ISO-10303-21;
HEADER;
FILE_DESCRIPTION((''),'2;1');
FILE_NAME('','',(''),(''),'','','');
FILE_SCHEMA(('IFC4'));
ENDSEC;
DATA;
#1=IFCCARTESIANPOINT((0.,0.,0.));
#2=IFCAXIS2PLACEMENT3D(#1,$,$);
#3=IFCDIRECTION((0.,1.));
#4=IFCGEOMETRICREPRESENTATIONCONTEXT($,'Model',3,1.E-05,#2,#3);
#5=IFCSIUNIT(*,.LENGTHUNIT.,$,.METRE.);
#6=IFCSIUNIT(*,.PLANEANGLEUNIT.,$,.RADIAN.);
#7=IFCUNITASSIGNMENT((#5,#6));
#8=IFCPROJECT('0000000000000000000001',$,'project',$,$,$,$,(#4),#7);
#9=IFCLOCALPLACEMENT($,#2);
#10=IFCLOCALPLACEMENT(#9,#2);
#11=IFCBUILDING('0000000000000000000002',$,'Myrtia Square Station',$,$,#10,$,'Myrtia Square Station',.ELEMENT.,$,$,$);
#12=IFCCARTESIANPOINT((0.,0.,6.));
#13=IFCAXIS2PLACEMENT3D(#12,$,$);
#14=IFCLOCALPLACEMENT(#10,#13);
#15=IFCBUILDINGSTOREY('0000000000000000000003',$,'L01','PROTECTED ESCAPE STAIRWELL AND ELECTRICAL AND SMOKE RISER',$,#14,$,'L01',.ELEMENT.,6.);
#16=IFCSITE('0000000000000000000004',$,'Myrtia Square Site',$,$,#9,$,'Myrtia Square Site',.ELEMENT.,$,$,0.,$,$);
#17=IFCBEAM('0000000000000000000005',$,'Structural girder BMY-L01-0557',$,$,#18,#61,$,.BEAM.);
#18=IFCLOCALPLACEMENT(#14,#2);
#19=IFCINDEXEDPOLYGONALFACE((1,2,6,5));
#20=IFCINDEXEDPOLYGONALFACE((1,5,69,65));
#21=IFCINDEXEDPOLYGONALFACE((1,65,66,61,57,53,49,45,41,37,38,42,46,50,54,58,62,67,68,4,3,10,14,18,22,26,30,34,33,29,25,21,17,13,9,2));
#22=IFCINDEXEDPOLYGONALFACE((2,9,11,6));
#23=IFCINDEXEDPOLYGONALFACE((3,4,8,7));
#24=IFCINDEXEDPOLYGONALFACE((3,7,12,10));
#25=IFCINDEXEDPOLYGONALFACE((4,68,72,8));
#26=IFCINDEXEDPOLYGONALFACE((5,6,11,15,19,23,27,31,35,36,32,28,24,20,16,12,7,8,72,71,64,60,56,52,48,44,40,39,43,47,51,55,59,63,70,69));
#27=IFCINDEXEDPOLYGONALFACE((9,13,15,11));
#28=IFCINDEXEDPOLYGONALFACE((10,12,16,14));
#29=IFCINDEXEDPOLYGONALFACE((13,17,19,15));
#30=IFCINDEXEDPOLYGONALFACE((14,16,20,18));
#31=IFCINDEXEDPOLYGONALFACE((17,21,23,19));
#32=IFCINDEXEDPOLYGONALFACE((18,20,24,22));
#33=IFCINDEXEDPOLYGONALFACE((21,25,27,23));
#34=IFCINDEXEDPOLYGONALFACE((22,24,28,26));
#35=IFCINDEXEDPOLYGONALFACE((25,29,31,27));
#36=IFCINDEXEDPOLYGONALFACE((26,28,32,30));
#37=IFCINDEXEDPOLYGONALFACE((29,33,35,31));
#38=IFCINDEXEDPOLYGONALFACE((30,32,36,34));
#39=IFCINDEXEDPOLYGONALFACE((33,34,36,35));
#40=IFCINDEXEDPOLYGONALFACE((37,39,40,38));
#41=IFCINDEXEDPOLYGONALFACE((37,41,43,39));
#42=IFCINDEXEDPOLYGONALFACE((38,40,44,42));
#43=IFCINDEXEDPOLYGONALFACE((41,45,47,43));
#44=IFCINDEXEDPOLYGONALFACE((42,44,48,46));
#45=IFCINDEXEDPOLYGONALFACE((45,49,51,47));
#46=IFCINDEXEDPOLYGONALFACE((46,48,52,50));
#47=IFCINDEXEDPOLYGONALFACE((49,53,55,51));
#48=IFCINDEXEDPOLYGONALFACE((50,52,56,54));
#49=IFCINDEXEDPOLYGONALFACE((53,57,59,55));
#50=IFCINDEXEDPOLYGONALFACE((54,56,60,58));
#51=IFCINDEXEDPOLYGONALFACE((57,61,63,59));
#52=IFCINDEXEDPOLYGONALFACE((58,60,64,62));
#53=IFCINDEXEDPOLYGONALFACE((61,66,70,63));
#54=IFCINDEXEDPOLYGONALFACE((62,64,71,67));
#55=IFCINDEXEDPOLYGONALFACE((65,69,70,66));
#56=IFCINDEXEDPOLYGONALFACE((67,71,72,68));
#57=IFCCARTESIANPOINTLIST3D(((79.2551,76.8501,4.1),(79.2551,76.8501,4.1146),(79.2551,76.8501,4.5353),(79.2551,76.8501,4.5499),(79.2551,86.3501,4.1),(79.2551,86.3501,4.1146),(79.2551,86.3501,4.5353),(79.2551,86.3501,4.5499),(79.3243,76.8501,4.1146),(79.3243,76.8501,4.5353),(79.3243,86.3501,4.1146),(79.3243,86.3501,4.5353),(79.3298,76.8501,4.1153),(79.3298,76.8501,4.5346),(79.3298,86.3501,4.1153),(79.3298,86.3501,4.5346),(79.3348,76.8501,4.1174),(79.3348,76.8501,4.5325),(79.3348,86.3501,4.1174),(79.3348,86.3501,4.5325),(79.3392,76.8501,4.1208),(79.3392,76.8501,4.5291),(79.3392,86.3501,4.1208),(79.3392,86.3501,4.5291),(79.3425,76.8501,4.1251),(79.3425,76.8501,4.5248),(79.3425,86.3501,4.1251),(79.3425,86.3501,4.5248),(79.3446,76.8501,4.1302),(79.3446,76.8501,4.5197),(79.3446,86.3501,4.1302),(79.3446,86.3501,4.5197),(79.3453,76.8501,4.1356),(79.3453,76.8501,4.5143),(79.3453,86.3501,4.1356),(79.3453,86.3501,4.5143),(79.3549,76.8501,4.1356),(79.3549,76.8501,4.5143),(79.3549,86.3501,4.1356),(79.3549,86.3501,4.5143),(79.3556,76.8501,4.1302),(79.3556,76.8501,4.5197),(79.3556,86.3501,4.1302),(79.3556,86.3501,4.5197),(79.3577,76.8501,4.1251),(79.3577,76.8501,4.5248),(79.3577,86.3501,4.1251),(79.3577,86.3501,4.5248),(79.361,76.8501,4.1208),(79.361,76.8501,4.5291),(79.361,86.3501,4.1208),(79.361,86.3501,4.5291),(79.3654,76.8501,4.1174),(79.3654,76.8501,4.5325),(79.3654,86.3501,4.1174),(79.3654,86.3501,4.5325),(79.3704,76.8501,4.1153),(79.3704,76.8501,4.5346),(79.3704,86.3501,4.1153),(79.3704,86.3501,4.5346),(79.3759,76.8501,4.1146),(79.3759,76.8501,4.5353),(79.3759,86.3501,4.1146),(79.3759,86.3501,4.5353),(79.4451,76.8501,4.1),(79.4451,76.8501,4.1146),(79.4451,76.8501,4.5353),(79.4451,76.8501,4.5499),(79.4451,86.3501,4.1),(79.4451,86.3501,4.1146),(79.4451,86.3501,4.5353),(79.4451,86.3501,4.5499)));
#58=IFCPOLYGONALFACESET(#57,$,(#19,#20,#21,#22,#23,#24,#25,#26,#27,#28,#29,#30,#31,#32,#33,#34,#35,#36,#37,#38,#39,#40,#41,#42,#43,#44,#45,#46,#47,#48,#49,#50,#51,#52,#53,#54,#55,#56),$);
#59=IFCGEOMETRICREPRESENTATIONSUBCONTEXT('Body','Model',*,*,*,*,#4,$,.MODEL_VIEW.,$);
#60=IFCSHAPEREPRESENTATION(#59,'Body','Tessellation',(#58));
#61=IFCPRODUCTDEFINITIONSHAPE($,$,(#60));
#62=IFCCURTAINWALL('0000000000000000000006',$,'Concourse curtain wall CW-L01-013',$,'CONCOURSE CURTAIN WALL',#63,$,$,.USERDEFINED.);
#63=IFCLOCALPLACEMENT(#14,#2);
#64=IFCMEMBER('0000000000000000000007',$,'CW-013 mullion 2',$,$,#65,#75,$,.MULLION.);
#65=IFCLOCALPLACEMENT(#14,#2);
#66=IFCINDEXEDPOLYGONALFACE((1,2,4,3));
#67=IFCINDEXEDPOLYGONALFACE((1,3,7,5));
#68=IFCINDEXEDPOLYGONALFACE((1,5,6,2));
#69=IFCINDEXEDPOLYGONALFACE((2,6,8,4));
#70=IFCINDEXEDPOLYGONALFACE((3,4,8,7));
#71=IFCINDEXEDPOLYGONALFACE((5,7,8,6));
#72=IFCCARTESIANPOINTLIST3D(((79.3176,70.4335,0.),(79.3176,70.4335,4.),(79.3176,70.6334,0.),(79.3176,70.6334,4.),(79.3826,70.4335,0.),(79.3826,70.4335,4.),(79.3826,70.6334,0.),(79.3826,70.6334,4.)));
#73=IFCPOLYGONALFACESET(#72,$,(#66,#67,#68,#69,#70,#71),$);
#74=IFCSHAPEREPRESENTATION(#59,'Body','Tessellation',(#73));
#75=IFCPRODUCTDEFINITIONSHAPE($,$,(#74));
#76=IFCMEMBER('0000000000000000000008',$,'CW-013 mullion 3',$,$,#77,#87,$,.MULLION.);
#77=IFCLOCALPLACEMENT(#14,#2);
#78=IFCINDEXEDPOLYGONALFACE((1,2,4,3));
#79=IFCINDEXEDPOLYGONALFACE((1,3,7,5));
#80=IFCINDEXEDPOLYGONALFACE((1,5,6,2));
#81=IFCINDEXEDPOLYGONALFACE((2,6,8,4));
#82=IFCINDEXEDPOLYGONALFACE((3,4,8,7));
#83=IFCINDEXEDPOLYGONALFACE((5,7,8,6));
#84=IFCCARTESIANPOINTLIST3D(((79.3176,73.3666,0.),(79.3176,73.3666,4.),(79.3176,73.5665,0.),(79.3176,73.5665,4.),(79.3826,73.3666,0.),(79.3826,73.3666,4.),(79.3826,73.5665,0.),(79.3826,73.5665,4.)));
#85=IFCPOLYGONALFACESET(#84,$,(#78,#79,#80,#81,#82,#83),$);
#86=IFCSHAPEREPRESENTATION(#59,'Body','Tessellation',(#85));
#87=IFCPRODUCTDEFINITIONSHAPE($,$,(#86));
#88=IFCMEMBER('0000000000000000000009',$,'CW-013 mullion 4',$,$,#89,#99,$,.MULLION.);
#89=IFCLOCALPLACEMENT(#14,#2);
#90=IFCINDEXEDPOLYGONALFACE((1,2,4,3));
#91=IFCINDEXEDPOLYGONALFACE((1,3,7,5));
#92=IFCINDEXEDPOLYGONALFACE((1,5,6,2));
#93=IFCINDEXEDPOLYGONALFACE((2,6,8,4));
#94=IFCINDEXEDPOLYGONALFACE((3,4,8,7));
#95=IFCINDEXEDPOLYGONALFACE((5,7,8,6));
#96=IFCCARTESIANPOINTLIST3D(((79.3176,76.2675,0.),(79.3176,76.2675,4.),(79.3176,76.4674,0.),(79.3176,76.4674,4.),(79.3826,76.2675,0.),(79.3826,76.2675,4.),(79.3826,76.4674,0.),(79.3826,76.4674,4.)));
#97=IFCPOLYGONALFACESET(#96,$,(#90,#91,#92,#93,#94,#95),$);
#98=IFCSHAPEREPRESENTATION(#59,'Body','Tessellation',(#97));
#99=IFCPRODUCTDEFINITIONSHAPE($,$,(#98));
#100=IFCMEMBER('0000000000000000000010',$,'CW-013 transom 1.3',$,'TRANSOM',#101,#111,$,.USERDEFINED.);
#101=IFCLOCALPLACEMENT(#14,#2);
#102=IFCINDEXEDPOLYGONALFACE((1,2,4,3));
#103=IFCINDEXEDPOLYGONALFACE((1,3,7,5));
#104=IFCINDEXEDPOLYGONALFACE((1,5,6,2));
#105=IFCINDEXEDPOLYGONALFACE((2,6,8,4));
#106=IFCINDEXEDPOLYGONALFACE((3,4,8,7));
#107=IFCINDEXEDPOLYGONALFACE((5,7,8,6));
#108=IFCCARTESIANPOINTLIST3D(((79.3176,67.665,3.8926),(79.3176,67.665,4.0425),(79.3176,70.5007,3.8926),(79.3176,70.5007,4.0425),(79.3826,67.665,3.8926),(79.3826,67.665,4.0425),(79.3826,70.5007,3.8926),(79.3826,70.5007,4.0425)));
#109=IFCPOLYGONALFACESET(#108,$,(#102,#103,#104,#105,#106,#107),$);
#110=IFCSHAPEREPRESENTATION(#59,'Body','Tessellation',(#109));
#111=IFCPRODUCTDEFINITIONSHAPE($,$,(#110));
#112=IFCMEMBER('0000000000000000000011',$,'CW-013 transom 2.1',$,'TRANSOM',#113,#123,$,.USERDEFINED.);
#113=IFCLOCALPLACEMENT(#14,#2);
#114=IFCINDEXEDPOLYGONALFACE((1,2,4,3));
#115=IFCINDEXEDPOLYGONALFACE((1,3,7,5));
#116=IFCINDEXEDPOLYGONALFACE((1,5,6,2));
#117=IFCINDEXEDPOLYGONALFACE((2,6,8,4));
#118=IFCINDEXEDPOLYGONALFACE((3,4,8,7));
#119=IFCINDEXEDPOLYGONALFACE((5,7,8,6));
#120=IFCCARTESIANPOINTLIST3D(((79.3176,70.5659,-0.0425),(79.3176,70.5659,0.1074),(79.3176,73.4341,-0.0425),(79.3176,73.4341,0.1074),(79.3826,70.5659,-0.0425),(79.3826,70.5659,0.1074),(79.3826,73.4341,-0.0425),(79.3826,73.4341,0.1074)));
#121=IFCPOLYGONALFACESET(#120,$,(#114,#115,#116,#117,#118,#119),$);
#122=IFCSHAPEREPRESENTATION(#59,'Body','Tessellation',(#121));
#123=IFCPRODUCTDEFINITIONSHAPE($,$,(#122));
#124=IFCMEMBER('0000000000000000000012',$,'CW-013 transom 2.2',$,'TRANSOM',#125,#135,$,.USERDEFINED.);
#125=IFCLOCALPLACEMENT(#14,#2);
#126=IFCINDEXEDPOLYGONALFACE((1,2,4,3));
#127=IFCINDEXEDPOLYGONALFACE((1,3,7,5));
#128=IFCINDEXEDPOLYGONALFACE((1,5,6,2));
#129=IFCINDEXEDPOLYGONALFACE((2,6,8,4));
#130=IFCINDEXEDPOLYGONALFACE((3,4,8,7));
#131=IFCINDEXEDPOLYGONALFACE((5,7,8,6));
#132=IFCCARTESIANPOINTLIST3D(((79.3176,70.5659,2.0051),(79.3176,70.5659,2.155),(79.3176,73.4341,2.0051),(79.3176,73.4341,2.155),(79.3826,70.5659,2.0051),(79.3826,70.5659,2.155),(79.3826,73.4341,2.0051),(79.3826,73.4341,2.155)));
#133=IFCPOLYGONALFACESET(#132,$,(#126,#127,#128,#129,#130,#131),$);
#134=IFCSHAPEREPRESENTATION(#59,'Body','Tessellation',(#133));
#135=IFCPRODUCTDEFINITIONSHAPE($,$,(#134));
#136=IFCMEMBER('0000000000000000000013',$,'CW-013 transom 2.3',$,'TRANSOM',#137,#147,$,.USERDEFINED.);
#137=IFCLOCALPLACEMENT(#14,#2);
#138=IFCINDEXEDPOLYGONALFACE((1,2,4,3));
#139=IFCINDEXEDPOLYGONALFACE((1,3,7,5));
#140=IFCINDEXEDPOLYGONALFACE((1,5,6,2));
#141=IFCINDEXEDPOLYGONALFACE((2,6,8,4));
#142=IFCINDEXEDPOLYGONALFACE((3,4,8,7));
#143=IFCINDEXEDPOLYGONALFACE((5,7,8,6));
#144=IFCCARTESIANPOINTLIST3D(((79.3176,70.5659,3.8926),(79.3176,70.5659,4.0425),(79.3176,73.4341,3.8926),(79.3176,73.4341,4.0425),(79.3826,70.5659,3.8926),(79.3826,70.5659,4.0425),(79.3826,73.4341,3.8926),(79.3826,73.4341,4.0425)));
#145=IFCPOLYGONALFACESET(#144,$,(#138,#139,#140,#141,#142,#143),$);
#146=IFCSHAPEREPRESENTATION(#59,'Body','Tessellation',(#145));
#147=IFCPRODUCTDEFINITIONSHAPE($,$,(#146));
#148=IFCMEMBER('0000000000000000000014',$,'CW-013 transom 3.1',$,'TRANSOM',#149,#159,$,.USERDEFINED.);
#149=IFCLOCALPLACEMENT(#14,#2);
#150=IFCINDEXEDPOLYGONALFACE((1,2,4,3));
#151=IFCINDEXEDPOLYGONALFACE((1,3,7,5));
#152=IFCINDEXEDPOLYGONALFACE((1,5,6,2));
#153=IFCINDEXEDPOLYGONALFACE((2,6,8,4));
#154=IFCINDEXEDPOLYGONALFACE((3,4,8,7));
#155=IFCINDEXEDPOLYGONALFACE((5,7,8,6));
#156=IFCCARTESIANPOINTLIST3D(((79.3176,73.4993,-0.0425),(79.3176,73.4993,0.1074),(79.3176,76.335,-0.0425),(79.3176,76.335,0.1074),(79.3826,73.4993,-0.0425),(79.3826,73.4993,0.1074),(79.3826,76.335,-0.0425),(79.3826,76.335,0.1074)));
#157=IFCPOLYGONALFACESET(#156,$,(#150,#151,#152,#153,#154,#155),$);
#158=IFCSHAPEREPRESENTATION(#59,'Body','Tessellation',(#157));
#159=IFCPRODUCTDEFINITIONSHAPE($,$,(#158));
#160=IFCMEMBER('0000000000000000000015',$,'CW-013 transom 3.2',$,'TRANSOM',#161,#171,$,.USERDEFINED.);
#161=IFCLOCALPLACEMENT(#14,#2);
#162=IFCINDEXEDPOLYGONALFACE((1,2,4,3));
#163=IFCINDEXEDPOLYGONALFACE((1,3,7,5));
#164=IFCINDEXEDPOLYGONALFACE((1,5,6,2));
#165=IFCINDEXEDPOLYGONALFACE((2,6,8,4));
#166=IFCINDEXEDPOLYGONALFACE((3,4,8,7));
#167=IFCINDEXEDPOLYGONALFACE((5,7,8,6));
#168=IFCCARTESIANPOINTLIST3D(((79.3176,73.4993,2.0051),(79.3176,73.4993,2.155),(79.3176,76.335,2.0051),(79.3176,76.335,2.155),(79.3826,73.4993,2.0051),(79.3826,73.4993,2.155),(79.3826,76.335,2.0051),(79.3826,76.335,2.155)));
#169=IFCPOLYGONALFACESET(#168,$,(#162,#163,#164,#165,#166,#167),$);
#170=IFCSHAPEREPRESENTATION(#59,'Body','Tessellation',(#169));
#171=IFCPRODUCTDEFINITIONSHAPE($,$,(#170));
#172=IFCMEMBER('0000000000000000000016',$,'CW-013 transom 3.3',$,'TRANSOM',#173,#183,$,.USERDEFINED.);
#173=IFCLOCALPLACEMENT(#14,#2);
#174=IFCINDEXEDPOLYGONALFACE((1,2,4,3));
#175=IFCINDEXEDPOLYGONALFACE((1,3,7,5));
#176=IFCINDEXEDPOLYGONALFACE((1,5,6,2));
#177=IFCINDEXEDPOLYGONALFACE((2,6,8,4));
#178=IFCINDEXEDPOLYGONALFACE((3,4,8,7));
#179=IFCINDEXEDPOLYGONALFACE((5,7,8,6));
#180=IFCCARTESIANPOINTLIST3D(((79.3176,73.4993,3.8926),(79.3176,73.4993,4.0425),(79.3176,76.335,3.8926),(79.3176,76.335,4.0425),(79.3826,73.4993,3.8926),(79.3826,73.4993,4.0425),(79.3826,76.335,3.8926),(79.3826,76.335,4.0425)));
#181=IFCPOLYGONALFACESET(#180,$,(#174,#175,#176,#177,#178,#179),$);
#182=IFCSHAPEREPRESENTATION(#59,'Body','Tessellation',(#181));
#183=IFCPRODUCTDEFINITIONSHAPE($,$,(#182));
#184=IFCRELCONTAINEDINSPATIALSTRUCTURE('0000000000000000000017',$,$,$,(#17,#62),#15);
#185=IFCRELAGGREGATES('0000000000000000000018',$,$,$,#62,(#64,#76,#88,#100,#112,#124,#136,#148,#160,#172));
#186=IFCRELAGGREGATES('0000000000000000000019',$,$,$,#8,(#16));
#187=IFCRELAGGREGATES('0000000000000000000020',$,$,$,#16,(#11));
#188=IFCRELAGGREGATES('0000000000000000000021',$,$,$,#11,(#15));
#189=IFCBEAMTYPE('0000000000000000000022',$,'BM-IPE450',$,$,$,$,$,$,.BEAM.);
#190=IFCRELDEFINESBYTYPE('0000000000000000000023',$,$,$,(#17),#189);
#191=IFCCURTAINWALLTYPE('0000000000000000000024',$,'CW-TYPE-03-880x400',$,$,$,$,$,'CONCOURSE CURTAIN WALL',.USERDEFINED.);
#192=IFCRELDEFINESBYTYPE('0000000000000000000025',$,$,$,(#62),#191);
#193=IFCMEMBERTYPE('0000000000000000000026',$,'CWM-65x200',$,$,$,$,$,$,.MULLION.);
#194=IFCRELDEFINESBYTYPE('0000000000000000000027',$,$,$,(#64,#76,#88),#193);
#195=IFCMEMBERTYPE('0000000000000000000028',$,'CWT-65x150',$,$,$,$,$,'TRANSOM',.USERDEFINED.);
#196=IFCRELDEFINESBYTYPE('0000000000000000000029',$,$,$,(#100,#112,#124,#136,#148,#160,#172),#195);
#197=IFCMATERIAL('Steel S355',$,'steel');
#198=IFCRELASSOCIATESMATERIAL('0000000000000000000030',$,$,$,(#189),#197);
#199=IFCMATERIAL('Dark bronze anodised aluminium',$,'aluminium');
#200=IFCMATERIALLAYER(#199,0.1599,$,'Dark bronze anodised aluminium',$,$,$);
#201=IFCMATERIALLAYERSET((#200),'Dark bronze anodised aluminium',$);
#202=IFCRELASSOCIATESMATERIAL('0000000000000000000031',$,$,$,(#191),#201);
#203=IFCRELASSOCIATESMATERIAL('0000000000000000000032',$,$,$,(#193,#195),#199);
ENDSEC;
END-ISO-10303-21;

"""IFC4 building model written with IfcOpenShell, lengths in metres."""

from ifc_helpers import new_model, si_unit, direction, frame, origin, origin_2d, place, context, subcontext, project, spatial, rectangle, i_section, extrude, material, layer, layer_set, material_profile, profile_set, type_object, element, aggregate, save


model = new_model("IFC4")

# Units and contexts
model_context = context("Model", 3, precision=1e-05, world=origin(), true_north=direction((0.0, 1.0)))
body_context = subcontext(model_context, "Body", "Model", "MODEL_VIEW")
ifc_project = project(units=[si_unit("LENGTHUNIT", "METRE"), si_unit("PLANEANGLEUNIT", "RADIAN")], contexts=[model_context])

# Site, building, storey
site_placement = place(None, origin())
site = spatial("IfcSite", under=ifc_project, at=site_placement, Name="Myrtia Square Site", LongName="Myrtia Square Site", CompositionType="ELEMENT", RefElevation=0.0)
building_placement = place(site_placement, origin())
building = spatial("IfcBuilding", under=site, at=building_placement, Name="Myrtia Square Station", LongName="Myrtia Square Station", CompositionType="ELEMENT")
storey_placement = place(building_placement, frame((0.0, 0.0, 6.0)))
storey = spatial("IfcBuildingStorey", under=building, at=storey_placement, Name="L01", Description="PROTECTED ESCAPE STAIRWELL AND ELECTRICAL AND SMOKE RISER", LongName="L01", CompositionType="ELEMENT", Elevation=6.0)

# Shared definitions
ifc_material_1 = material(Name="Steel S355", Category="steel")

# Beam
ifc_material_profile_1 = material_profile(ifc_material_1, i_section(OverallWidth=0.1899, OverallDepth=0.45, WebThickness=0.0095, FlangeThickness=0.0146, FilletRadius=0.021, at=origin_2d()), Name="IPE 450")
ifc_profile_set_1 = profile_set([ifc_material_profile_1], Name="Steel S355")
beam_type_1 = type_object("IfcBeamType", Name="BM-IPE450", PredefinedType="BEAM", material=ifc_profile_set_1)
beam_1_placement = place(storey_placement, frame((79.3501, 76.8501, 4.325), z_axis=(0.0, 1.0, 0.0), x_axis=(-1.0, 0.0, 0.0)))
element("IfcBeam", 1, at=beam_1_placement, inside=storey, type_object=beam_type_1, Name="Structural girder BMY-L01-0557", PredefinedType="BEAM", context=body_context, shape_type="SweptSolid", body=[
    extrude(i_section(OverallWidth=0.1899, OverallDepth=0.45, WebThickness=0.0095, FlangeThickness=0.0146, FilletRadius=0.021, at=origin_2d()), origin(), (0.0, 0.0, 1.0), 9.5),
])

# Curtain wall, members
ifc_material_2 = material(Name="Dark bronze anodised aluminium", Category="aluminium")
ifc_layer_1 = layer(ifc_material_2, 0.1599, Name="Dark bronze anodised aluminium")
ifc_layer_set_1 = layer_set([ifc_layer_1], Name="Dark bronze anodised aluminium")
curtain_wall_type = type_object("IfcCurtainWallType", Name="CW-TYPE-03-880x400", ElementType="CONCOURSE CURTAIN WALL", PredefinedType="USERDEFINED", material=ifc_layer_set_1)
curtain_wall_placement = place(storey_placement, origin())
curtain_wall = element("IfcCurtainWall", 2, at=curtain_wall_placement, inside=storey, type_object=curtain_wall_type, Name="Concourse curtain wall CW-L01-013", ObjectType="CONCOURSE CURTAIN WALL", PredefinedType="USERDEFINED")
ifc_material_profile_2 = material_profile(ifc_material_2, rectangle(XDim=0.0649, YDim=0.2, at=origin_2d()), Name="ALU-M 65x200")
ifc_profile_set_2 = profile_set([ifc_material_profile_2], Name="Dark bronze anodised aluminium")
member_type_1 = type_object("IfcMemberType", Name="CWM-65x200", PredefinedType="MULLION", material=ifc_profile_set_2)
member_1_placement = place(storey_placement, frame((79.3501, 70.5334, 0.0), z_axis=(0.0, 0.0, 1.0), x_axis=(-1.0, 0.0, 0.0)))
member_1 = element("IfcMember", 3, at=member_1_placement, type_object=member_type_1, Name="CW-013 mullion 2", PredefinedType="MULLION", context=body_context, shape_type="SweptSolid", body=[
    extrude(rectangle(XDim=0.0649, YDim=0.2, at=origin_2d()), origin(), (0.0, 0.0, 1.0), 4.0),
])
member_2_placement = place(storey_placement, frame((79.3501, 73.4666, 0.0), z_axis=(0.0, 0.0, 1.0), x_axis=(-1.0, 0.0, 0.0)))
member_2 = element("IfcMember", 4, at=member_2_placement, type_object=member_type_1, Name="CW-013 mullion 3", PredefinedType="MULLION", context=body_context, shape_type="SweptSolid", body=[
    extrude(rectangle(XDim=0.0649, YDim=0.2, at=origin_2d()), origin(), (0.0, 0.0, 1.0), 4.0),
])
member_3_placement = place(storey_placement, frame((79.3501, 76.3674, 0.0), z_axis=(0.0, 0.0, 1.0), x_axis=(-1.0, 0.0, 0.0)))
member_3 = element("IfcMember", 5, at=member_3_placement, type_object=member_type_1, Name="CW-013 mullion 4", PredefinedType="MULLION", context=body_context, shape_type="SweptSolid", body=[
    extrude(rectangle(XDim=0.0649, YDim=0.2, at=origin_2d()), origin(), (0.0, 0.0, 1.0), 4.0),
])
ifc_material_profile_3 = material_profile(ifc_material_2, rectangle(XDim=0.0649, YDim=0.1499, at=origin_2d()), Name="ALU-T 65x150")
ifc_profile_set_3 = profile_set([ifc_material_profile_3], Name="Dark bronze anodised aluminium")
member_type_2 = type_object("IfcMemberType", Name="CWT-65x150", ElementType="TRANSOM", PredefinedType="USERDEFINED", material=ifc_profile_set_3)
member_4_placement = place(storey_placement, frame((79.3501, 67.665, 3.9675), z_axis=(0.0, 1.0, 0.0), x_axis=(-1.0, 0.0, 0.0)))
member_4 = element("IfcMember", 6, at=member_4_placement, type_object=member_type_2, Name="CW-013 transom 1.3", ObjectType="TRANSOM", PredefinedType="USERDEFINED", context=body_context, shape_type="SweptSolid", body=[
    extrude(rectangle(XDim=0.0649, YDim=0.1499, at=origin_2d()), origin(), (0.0, 0.0, 1.0), 2.8357),
])
member_5_placement = place(storey_placement, frame((79.3501, 70.5659, 0.0325), z_axis=(0.0, 1.0, 0.0), x_axis=(-1.0, 0.0, 0.0)))
member_5 = element("IfcMember", 7, at=member_5_placement, type_object=member_type_2, Name="CW-013 transom 2.1", ObjectType="TRANSOM", PredefinedType="USERDEFINED", context=body_context, shape_type="SweptSolid", body=[
    extrude(rectangle(XDim=0.0649, YDim=0.1499, at=origin_2d()), origin(), (0.0, 0.0, 1.0), 2.8682),
])
member_6_placement = place(storey_placement, frame((79.3501, 70.5659, 2.0801), z_axis=(0.0, 1.0, 0.0), x_axis=(-1.0, 0.0, 0.0)))
member_6 = element("IfcMember", 8, at=member_6_placement, type_object=member_type_2, Name="CW-013 transom 2.2", ObjectType="TRANSOM", PredefinedType="USERDEFINED", context=body_context, shape_type="SweptSolid", body=[
    extrude(rectangle(XDim=0.0649, YDim=0.1499, at=origin_2d()), origin(), (0.0, 0.0, 1.0), 2.8682),
])
member_7_placement = place(storey_placement, frame((79.3501, 70.5659, 3.9675), z_axis=(0.0, 1.0, 0.0), x_axis=(-1.0, 0.0, 0.0)))
member_7 = element("IfcMember", 9, at=member_7_placement, type_object=member_type_2, Name="CW-013 transom 2.3", ObjectType="TRANSOM", PredefinedType="USERDEFINED", context=body_context, shape_type="SweptSolid", body=[
    extrude(rectangle(XDim=0.0649, YDim=0.1499, at=origin_2d()), origin(), (0.0, 0.0, 1.0), 2.8682),
])
member_8_placement = place(storey_placement, frame((79.3501, 73.4993, 0.0325), z_axis=(0.0, 1.0, 0.0), x_axis=(-1.0, 0.0, 0.0)))
member_8 = element("IfcMember", 10, at=member_8_placement, type_object=member_type_2, Name="CW-013 transom 3.1", ObjectType="TRANSOM", PredefinedType="USERDEFINED", context=body_context, shape_type="SweptSolid", body=[
    extrude(rectangle(XDim=0.0649, YDim=0.1499, at=origin_2d()), origin(), (0.0, 0.0, 1.0), 2.8357),
])
member_9_placement = place(storey_placement, frame((79.3501, 73.4993, 2.0801), z_axis=(0.0, 1.0, 0.0), x_axis=(-1.0, 0.0, 0.0)))
member_9 = element("IfcMember", 11, at=member_9_placement, type_object=member_type_2, Name="CW-013 transom 3.2", ObjectType="TRANSOM", PredefinedType="USERDEFINED", context=body_context, shape_type="SweptSolid", body=[
    extrude(rectangle(XDim=0.0649, YDim=0.1499, at=origin_2d()), origin(), (0.0, 0.0, 1.0), 2.8357),
])
member_10_placement = place(storey_placement, frame((79.3501, 73.4993, 3.9675), z_axis=(0.0, 1.0, 0.0), x_axis=(-1.0, 0.0, 0.0)))
member_10 = element("IfcMember", 12, at=member_10_placement, type_object=member_type_2, Name="CW-013 transom 3.3", ObjectType="TRANSOM", PredefinedType="USERDEFINED", context=body_context, shape_type="SweptSolid", body=[
    extrude(rectangle(XDim=0.0649, YDim=0.1499, at=origin_2d()), origin(), (0.0, 0.0, 1.0), 2.8357),
])
aggregate(curtain_wall, [member_1, member_2, member_3, member_4, member_5, member_6, member_7, member_8, member_9, member_10])

save(model, "model.ifc")
